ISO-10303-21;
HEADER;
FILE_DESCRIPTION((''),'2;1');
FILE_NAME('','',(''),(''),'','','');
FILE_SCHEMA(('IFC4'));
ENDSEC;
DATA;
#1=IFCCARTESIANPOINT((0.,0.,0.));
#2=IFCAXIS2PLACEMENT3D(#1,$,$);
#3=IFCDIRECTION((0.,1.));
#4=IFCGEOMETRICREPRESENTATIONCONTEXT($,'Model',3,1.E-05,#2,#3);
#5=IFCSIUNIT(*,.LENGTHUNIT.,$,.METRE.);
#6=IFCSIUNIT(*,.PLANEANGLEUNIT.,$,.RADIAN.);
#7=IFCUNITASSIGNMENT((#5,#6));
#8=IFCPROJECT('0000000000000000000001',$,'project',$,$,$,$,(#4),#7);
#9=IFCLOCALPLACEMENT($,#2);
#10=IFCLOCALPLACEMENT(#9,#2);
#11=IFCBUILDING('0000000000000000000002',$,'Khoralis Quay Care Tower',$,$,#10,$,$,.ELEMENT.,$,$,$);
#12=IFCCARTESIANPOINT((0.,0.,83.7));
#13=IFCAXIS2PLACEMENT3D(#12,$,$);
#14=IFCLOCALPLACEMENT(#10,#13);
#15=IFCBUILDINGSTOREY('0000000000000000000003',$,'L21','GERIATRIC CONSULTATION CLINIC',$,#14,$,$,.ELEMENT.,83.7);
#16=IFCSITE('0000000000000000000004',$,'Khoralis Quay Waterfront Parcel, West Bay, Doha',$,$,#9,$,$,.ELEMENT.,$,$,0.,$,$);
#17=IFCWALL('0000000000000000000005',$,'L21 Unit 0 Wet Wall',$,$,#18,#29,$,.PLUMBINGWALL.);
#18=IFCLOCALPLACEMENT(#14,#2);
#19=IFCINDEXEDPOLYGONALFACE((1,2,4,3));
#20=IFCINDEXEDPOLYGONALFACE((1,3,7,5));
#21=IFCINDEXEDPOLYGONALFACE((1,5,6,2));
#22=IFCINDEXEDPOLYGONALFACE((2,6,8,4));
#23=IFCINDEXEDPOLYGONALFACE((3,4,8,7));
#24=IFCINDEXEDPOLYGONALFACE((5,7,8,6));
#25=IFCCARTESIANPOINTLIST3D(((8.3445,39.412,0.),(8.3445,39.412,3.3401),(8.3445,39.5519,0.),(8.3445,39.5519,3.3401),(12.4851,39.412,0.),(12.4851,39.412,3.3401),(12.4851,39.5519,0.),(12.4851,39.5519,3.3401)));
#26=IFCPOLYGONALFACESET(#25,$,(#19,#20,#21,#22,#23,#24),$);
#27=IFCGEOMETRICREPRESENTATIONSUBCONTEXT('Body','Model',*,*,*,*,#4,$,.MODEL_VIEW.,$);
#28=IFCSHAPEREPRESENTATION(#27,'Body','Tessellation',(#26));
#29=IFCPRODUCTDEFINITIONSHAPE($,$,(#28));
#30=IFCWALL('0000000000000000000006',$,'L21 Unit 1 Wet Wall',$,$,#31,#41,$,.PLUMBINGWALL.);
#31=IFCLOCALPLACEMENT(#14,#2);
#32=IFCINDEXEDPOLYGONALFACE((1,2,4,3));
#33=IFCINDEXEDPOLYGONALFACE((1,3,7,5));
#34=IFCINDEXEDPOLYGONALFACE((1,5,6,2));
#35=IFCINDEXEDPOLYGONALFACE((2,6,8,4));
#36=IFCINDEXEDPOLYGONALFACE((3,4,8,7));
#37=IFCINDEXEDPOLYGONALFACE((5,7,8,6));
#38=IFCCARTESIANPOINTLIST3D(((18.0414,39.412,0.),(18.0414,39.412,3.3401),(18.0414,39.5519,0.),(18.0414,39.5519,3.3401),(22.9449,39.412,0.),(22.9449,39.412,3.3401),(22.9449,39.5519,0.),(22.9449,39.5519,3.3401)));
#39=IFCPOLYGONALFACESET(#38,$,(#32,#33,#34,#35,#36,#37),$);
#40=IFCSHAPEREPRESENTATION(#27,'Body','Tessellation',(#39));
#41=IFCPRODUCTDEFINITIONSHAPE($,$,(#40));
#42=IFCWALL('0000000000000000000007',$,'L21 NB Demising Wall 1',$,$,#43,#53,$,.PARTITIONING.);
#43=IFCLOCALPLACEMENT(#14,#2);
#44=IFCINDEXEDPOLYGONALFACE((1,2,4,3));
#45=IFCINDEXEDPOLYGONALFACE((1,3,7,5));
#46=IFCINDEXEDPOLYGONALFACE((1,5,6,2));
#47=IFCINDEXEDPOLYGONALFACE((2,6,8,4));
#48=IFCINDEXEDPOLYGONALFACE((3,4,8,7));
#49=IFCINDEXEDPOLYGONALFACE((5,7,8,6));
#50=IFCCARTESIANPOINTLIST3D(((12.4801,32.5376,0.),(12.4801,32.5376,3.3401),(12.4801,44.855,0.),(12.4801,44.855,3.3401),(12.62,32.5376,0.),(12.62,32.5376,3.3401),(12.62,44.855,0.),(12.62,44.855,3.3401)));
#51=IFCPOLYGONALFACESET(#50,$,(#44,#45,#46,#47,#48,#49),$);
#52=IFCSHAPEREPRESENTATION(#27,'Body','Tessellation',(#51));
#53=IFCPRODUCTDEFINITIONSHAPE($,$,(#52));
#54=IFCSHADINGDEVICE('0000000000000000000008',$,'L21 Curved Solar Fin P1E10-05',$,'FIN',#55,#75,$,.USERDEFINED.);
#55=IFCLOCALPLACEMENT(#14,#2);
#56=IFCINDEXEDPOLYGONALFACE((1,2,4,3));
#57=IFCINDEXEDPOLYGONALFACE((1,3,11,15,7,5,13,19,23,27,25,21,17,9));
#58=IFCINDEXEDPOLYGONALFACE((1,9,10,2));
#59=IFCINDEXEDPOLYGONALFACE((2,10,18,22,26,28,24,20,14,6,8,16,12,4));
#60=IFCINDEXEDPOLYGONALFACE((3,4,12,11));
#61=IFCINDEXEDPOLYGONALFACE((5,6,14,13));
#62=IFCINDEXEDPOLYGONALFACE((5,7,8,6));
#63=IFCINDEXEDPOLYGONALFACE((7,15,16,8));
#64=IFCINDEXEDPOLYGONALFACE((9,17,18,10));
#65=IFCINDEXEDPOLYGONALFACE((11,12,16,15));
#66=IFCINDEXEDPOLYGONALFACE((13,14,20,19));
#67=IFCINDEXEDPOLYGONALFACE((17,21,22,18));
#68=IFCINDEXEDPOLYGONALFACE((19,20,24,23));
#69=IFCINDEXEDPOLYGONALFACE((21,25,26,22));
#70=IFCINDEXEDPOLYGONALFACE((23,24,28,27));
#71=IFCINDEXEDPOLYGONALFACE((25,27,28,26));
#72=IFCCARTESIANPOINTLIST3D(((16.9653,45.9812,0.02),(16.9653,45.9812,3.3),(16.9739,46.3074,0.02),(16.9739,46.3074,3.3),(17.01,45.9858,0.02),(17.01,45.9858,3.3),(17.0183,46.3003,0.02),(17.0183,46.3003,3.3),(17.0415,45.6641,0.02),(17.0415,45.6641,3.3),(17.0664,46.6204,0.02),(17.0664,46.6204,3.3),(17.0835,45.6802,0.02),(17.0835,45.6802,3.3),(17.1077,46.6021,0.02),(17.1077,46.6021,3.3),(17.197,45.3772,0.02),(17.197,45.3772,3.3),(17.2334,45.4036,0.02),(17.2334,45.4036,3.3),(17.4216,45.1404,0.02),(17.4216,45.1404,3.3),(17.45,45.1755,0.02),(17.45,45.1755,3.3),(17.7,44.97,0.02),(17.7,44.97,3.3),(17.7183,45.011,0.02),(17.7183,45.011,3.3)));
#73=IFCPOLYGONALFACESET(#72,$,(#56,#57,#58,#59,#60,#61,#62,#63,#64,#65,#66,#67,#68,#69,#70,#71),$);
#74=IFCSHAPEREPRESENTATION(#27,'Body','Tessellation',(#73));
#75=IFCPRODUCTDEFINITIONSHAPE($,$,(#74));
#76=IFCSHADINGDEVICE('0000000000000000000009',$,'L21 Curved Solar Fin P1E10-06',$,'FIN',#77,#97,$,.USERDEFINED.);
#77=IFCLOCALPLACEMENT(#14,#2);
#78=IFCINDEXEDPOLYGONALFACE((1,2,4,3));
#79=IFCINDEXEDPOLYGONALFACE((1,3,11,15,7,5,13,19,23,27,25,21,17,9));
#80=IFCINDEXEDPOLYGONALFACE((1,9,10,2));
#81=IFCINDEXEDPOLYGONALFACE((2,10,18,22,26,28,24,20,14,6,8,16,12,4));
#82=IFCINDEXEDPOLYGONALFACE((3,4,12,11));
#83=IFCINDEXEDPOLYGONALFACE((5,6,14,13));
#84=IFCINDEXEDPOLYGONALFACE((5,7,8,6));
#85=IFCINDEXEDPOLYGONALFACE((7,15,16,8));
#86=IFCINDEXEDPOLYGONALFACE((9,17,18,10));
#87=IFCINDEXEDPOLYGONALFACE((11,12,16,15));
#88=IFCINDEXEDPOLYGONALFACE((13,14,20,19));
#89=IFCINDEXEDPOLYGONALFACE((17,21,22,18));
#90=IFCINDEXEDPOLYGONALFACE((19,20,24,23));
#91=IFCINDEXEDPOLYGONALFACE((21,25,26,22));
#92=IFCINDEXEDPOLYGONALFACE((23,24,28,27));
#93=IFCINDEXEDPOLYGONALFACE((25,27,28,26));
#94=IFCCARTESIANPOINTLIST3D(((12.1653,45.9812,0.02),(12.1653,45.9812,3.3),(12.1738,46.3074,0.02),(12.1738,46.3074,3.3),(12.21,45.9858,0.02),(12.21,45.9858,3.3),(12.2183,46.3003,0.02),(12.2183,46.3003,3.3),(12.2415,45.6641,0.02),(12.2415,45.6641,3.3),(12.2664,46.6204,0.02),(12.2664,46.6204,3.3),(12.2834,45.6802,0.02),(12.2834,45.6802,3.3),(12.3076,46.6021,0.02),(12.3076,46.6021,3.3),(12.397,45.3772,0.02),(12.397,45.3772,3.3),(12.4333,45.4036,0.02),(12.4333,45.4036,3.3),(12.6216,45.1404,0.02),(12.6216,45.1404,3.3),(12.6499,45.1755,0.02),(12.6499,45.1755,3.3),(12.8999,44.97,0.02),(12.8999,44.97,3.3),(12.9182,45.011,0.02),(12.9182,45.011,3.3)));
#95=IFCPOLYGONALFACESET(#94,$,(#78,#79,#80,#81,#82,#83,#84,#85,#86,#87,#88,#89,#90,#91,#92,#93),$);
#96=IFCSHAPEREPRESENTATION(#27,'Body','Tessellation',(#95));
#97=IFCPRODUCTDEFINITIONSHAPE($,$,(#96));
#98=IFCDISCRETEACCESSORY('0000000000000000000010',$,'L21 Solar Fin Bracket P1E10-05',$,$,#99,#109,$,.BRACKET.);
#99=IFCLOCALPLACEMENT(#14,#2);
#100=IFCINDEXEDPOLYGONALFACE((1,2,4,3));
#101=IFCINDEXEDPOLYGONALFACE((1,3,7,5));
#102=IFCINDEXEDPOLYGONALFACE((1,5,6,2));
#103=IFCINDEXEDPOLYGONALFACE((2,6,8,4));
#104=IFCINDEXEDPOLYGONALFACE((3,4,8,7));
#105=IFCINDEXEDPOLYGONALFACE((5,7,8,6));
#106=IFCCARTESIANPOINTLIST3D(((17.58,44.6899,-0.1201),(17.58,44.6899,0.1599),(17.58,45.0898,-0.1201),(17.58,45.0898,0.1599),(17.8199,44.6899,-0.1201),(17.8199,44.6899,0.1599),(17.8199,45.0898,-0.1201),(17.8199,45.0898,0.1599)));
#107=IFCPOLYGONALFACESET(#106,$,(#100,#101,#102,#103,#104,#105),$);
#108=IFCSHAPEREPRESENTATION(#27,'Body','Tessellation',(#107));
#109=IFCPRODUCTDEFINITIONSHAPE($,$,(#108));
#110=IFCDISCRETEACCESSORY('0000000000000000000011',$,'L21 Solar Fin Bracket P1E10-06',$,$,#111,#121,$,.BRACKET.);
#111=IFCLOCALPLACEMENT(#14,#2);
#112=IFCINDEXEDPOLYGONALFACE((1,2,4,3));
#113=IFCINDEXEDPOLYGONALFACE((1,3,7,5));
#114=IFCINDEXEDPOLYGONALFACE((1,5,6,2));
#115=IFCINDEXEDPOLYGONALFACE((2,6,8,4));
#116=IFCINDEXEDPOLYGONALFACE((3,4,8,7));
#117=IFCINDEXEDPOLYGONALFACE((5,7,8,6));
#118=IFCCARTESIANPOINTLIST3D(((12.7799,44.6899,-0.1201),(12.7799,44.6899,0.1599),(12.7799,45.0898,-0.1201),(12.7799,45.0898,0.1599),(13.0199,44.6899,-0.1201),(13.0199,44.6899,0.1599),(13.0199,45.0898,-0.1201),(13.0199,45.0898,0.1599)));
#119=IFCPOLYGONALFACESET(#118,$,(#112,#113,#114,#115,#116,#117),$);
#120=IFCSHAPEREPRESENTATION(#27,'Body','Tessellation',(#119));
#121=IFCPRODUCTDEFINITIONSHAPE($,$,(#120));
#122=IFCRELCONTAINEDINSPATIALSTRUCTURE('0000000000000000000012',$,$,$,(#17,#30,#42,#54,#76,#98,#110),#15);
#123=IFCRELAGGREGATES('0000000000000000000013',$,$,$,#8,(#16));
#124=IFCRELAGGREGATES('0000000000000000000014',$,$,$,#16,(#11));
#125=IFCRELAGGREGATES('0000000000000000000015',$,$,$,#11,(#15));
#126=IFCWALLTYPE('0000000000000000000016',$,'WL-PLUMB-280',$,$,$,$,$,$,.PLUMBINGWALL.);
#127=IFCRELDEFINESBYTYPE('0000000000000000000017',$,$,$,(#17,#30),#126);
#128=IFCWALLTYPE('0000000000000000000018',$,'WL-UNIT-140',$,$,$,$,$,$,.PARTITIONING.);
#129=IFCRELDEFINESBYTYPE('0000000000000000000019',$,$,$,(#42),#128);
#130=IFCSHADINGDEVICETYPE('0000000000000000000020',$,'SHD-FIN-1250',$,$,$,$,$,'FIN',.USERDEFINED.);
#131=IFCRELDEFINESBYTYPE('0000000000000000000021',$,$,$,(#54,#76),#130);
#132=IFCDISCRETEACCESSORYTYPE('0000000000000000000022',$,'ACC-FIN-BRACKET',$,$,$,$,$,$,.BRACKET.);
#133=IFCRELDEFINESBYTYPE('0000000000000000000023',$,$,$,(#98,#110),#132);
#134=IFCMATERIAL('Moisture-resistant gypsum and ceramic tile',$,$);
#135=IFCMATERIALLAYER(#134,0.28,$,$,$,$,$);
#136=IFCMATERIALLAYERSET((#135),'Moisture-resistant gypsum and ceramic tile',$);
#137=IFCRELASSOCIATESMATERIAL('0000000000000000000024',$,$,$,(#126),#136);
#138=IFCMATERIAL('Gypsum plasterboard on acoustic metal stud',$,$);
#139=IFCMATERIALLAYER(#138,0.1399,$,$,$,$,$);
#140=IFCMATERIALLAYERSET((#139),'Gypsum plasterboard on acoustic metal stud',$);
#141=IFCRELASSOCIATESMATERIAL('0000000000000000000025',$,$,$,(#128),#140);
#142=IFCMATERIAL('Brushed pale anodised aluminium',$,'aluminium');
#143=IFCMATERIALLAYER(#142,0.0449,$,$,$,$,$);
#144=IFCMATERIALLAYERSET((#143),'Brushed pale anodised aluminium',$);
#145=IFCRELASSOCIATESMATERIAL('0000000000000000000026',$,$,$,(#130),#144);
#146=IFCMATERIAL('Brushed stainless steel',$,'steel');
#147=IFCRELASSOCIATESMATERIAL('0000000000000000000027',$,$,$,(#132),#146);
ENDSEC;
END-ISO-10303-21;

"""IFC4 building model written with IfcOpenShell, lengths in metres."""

from ifc_helpers import new_model, si_unit, direction, frame, frame_2d, origin, origin_2d, place, context, subcontext, project, spatial, polyline, rectangle, outline, extrude, source, transform, mapped, material, layer, layer_set, type_object, element, save


model = new_model("IFC4")

# Units and contexts
model_context = context("Model", 3, precision=1e-05, world=origin(), true_north=direction((0.0, 1.0)))
body_context = subcontext(model_context, "Body", "Model", "MODEL_VIEW")
ifc_project = project(units=[si_unit("LENGTHUNIT", "METRE"), si_unit("PLANEANGLEUNIT", "RADIAN")], contexts=[model_context])

# Site, building, storey
site_placement = place(None, origin())
site = spatial("IfcSite", under=ifc_project, at=site_placement, Name="Khoralis Quay Waterfront Parcel, West Bay, Doha", CompositionType="ELEMENT", RefElevation=0.0)
building_placement = place(site_placement, origin())
building = spatial("IfcBuilding", under=site, at=building_placement, Name="Khoralis Quay Care Tower", CompositionType="ELEMENT")
storey_placement = place(building_placement, frame((0.0, 0.0, 83.7)))
storey = spatial("IfcBuildingStorey", under=building, at=storey_placement, Name="L21", Description="GERIATRIC CONSULTATION CLINIC", CompositionType="ELEMENT", Elevation=83.7)

# Shared definitions
ifc_material_1 = material(Name="Gypsum plasterboard on acoustic metal stud")

# Walls
ifc_material_2 = material(Name="Moisture-resistant gypsum and ceramic tile")
ifc_layer_1 = layer(ifc_material_2, 0.28)
ifc_layer_set_1 = layer_set([ifc_layer_1], Name="Moisture-resistant gypsum and ceramic tile")
wall_type_1 = type_object("IfcWallType", Name="WL-PLUMB-280", PredefinedType="PLUMBINGWALL", material=ifc_layer_set_1)
wall_1_placement = place(storey_placement, frame((8.3445, 39.4819, 0.0), z_axis=(0.0, 0.0, 1.0), x_axis=(1.0, 0.0, 0.0)))
element("IfcWall", 1, at=wall_1_placement, inside=storey, type_object=wall_type_1, Name="L21 Unit 0 Wet Wall", PredefinedType="PLUMBINGWALL", context=body_context, shape_type="SweptSolid", body=[
    extrude(rectangle(XDim=4.1406, YDim=0.1399, at=frame_2d((2.0703, 0.0))), origin(), (0.0, 0.0, 1.0), 3.3401),
])
wall_2_placement = place(storey_placement, frame((18.0415, 39.4819, 0.0), z_axis=(0.0, 0.0, 1.0), x_axis=(1.0, 0.0, 0.0)))
element("IfcWall", 2, at=wall_2_placement, inside=storey, type_object=wall_type_1, Name="L21 Unit 1 Wet Wall", PredefinedType="PLUMBINGWALL", context=body_context, shape_type="SweptSolid", body=[
    extrude(rectangle(XDim=4.9036, YDim=0.1399, at=frame_2d((2.4517, 0.0))), origin(), (0.0, 0.0, 1.0), 3.3401),
])
ifc_layer_2 = layer(ifc_material_1, 0.1399)
ifc_layer_set_2 = layer_set([ifc_layer_2], Name="Gypsum plasterboard on acoustic metal stud")
wall_type_2 = type_object("IfcWallType", Name="WL-UNIT-140", PredefinedType="PARTITIONING", material=ifc_layer_set_2)
wall_3_placement = place(storey_placement, frame((12.55, 32.5376, 0.0), z_axis=(0.0, 0.0, 1.0), x_axis=(0.0, 1.0, 0.0)))
element("IfcWall", 3, at=wall_3_placement, inside=storey, type_object=wall_type_2, Name="L21 NB Demising Wall 1", PredefinedType="PARTITIONING", context=body_context, shape_type="SweptSolid", body=[
    extrude(rectangle(XDim=12.3174, YDim=0.1399, at=frame_2d((6.1587, 0.0))), origin(), (0.0, 0.0, 1.0), 3.3401),
])

# Shading devices
ifc_material_3 = material(Name="Brushed pale anodised aluminium", Category="aluminium")
ifc_layer_3 = layer(ifc_material_3, 0.0449)
ifc_layer_set_3 = layer_set([ifc_layer_3], Name="Brushed pale anodised aluminium")
shading_device_type = type_object("IfcShadingDeviceType", Name="SHD-FIN-1250", ElementType="FIN", PredefinedType="USERDEFINED", material=ifc_layer_set_3)
shared_shape_1 = source(origin(), body_context, "Body", "SweptSolid", [
    extrude(outline(polyline([(0.0, 0.0), (0.1704, 0.2783), (0.4072, 0.5029), (0.6941, 0.6584), (1.0112, 0.7346), (1.3374, 0.7261), (1.6504, 0.6335), (1.6321, 0.5923), (1.3303, 0.6816), (1.0159, 0.6899), (0.7102, 0.6165), (0.4336, 0.4666), (0.2056, 0.25), (0.041, -0.0183), (0.0, 0.0)])), origin(), (0.0, 0.0, 1.0), 3.28),
])
for number, where, z_axis, x_axis, name in (
    (4, (17.7, 44.97, 0.02), (0.0, 0.0, 1.0), (0.0, 1.0, 0.0), "L21 Curved Solar Fin P1E10-05"),
    (5, (12.8999, 44.97, 0.02), (0.0, 0.0, 1.0), (0.0, 1.0, 0.0), "L21 Curved Solar Fin P1E10-06"),
):
    element("IfcShadingDevice", number, at=place(storey_placement, frame(where, z_axis=z_axis, x_axis=x_axis)), inside=storey, type_object=shading_device_type, Name=name, ObjectType="FIN", PredefinedType="USERDEFINED", context=body_context, shape_type="MappedRepresentation", body=[
        mapped(shared_shape_1, transform((0.0, 0.0, 0.0), scale=1.0)),
    ])

# Discrete accessories
ifc_material_4 = material(Name="Brushed stainless steel", Category="steel")
discrete_accessory_type = type_object("IfcDiscreteAccessoryType", Name="ACC-FIN-BRACKET", PredefinedType="BRACKET", material=ifc_material_4)
shared_shape_2 = source(origin(), body_context, "Body", "SweptSolid", [
    extrude(rectangle(XDim=0.3999, YDim=0.24, at=origin_2d()), origin(), (0.0, 0.0, 1.0), 0.28),
])
for number, where, z_axis, x_axis, name in (
    (6, (17.7, 44.8899, -0.1201), (0.0, 0.0, 1.0), (0.0, 1.0, 0.0), "L21 Solar Fin Bracket P1E10-05"),
    (7, (12.8999, 44.8899, -0.1201), (0.0, 0.0, 1.0), (0.0, 1.0, 0.0), "L21 Solar Fin Bracket P1E10-06"),
):
    element("IfcDiscreteAccessory", number, at=place(storey_placement, frame(where, z_axis=z_axis, x_axis=x_axis)), inside=storey, type_object=discrete_accessory_type, Name=name, PredefinedType="BRACKET", context=body_context, shape_type="MappedRepresentation", body=[
        mapped(shared_shape_2, transform((0.0, 0.0, 0.0), scale=1.0)),
    ])

save(model, "model.ifc")
